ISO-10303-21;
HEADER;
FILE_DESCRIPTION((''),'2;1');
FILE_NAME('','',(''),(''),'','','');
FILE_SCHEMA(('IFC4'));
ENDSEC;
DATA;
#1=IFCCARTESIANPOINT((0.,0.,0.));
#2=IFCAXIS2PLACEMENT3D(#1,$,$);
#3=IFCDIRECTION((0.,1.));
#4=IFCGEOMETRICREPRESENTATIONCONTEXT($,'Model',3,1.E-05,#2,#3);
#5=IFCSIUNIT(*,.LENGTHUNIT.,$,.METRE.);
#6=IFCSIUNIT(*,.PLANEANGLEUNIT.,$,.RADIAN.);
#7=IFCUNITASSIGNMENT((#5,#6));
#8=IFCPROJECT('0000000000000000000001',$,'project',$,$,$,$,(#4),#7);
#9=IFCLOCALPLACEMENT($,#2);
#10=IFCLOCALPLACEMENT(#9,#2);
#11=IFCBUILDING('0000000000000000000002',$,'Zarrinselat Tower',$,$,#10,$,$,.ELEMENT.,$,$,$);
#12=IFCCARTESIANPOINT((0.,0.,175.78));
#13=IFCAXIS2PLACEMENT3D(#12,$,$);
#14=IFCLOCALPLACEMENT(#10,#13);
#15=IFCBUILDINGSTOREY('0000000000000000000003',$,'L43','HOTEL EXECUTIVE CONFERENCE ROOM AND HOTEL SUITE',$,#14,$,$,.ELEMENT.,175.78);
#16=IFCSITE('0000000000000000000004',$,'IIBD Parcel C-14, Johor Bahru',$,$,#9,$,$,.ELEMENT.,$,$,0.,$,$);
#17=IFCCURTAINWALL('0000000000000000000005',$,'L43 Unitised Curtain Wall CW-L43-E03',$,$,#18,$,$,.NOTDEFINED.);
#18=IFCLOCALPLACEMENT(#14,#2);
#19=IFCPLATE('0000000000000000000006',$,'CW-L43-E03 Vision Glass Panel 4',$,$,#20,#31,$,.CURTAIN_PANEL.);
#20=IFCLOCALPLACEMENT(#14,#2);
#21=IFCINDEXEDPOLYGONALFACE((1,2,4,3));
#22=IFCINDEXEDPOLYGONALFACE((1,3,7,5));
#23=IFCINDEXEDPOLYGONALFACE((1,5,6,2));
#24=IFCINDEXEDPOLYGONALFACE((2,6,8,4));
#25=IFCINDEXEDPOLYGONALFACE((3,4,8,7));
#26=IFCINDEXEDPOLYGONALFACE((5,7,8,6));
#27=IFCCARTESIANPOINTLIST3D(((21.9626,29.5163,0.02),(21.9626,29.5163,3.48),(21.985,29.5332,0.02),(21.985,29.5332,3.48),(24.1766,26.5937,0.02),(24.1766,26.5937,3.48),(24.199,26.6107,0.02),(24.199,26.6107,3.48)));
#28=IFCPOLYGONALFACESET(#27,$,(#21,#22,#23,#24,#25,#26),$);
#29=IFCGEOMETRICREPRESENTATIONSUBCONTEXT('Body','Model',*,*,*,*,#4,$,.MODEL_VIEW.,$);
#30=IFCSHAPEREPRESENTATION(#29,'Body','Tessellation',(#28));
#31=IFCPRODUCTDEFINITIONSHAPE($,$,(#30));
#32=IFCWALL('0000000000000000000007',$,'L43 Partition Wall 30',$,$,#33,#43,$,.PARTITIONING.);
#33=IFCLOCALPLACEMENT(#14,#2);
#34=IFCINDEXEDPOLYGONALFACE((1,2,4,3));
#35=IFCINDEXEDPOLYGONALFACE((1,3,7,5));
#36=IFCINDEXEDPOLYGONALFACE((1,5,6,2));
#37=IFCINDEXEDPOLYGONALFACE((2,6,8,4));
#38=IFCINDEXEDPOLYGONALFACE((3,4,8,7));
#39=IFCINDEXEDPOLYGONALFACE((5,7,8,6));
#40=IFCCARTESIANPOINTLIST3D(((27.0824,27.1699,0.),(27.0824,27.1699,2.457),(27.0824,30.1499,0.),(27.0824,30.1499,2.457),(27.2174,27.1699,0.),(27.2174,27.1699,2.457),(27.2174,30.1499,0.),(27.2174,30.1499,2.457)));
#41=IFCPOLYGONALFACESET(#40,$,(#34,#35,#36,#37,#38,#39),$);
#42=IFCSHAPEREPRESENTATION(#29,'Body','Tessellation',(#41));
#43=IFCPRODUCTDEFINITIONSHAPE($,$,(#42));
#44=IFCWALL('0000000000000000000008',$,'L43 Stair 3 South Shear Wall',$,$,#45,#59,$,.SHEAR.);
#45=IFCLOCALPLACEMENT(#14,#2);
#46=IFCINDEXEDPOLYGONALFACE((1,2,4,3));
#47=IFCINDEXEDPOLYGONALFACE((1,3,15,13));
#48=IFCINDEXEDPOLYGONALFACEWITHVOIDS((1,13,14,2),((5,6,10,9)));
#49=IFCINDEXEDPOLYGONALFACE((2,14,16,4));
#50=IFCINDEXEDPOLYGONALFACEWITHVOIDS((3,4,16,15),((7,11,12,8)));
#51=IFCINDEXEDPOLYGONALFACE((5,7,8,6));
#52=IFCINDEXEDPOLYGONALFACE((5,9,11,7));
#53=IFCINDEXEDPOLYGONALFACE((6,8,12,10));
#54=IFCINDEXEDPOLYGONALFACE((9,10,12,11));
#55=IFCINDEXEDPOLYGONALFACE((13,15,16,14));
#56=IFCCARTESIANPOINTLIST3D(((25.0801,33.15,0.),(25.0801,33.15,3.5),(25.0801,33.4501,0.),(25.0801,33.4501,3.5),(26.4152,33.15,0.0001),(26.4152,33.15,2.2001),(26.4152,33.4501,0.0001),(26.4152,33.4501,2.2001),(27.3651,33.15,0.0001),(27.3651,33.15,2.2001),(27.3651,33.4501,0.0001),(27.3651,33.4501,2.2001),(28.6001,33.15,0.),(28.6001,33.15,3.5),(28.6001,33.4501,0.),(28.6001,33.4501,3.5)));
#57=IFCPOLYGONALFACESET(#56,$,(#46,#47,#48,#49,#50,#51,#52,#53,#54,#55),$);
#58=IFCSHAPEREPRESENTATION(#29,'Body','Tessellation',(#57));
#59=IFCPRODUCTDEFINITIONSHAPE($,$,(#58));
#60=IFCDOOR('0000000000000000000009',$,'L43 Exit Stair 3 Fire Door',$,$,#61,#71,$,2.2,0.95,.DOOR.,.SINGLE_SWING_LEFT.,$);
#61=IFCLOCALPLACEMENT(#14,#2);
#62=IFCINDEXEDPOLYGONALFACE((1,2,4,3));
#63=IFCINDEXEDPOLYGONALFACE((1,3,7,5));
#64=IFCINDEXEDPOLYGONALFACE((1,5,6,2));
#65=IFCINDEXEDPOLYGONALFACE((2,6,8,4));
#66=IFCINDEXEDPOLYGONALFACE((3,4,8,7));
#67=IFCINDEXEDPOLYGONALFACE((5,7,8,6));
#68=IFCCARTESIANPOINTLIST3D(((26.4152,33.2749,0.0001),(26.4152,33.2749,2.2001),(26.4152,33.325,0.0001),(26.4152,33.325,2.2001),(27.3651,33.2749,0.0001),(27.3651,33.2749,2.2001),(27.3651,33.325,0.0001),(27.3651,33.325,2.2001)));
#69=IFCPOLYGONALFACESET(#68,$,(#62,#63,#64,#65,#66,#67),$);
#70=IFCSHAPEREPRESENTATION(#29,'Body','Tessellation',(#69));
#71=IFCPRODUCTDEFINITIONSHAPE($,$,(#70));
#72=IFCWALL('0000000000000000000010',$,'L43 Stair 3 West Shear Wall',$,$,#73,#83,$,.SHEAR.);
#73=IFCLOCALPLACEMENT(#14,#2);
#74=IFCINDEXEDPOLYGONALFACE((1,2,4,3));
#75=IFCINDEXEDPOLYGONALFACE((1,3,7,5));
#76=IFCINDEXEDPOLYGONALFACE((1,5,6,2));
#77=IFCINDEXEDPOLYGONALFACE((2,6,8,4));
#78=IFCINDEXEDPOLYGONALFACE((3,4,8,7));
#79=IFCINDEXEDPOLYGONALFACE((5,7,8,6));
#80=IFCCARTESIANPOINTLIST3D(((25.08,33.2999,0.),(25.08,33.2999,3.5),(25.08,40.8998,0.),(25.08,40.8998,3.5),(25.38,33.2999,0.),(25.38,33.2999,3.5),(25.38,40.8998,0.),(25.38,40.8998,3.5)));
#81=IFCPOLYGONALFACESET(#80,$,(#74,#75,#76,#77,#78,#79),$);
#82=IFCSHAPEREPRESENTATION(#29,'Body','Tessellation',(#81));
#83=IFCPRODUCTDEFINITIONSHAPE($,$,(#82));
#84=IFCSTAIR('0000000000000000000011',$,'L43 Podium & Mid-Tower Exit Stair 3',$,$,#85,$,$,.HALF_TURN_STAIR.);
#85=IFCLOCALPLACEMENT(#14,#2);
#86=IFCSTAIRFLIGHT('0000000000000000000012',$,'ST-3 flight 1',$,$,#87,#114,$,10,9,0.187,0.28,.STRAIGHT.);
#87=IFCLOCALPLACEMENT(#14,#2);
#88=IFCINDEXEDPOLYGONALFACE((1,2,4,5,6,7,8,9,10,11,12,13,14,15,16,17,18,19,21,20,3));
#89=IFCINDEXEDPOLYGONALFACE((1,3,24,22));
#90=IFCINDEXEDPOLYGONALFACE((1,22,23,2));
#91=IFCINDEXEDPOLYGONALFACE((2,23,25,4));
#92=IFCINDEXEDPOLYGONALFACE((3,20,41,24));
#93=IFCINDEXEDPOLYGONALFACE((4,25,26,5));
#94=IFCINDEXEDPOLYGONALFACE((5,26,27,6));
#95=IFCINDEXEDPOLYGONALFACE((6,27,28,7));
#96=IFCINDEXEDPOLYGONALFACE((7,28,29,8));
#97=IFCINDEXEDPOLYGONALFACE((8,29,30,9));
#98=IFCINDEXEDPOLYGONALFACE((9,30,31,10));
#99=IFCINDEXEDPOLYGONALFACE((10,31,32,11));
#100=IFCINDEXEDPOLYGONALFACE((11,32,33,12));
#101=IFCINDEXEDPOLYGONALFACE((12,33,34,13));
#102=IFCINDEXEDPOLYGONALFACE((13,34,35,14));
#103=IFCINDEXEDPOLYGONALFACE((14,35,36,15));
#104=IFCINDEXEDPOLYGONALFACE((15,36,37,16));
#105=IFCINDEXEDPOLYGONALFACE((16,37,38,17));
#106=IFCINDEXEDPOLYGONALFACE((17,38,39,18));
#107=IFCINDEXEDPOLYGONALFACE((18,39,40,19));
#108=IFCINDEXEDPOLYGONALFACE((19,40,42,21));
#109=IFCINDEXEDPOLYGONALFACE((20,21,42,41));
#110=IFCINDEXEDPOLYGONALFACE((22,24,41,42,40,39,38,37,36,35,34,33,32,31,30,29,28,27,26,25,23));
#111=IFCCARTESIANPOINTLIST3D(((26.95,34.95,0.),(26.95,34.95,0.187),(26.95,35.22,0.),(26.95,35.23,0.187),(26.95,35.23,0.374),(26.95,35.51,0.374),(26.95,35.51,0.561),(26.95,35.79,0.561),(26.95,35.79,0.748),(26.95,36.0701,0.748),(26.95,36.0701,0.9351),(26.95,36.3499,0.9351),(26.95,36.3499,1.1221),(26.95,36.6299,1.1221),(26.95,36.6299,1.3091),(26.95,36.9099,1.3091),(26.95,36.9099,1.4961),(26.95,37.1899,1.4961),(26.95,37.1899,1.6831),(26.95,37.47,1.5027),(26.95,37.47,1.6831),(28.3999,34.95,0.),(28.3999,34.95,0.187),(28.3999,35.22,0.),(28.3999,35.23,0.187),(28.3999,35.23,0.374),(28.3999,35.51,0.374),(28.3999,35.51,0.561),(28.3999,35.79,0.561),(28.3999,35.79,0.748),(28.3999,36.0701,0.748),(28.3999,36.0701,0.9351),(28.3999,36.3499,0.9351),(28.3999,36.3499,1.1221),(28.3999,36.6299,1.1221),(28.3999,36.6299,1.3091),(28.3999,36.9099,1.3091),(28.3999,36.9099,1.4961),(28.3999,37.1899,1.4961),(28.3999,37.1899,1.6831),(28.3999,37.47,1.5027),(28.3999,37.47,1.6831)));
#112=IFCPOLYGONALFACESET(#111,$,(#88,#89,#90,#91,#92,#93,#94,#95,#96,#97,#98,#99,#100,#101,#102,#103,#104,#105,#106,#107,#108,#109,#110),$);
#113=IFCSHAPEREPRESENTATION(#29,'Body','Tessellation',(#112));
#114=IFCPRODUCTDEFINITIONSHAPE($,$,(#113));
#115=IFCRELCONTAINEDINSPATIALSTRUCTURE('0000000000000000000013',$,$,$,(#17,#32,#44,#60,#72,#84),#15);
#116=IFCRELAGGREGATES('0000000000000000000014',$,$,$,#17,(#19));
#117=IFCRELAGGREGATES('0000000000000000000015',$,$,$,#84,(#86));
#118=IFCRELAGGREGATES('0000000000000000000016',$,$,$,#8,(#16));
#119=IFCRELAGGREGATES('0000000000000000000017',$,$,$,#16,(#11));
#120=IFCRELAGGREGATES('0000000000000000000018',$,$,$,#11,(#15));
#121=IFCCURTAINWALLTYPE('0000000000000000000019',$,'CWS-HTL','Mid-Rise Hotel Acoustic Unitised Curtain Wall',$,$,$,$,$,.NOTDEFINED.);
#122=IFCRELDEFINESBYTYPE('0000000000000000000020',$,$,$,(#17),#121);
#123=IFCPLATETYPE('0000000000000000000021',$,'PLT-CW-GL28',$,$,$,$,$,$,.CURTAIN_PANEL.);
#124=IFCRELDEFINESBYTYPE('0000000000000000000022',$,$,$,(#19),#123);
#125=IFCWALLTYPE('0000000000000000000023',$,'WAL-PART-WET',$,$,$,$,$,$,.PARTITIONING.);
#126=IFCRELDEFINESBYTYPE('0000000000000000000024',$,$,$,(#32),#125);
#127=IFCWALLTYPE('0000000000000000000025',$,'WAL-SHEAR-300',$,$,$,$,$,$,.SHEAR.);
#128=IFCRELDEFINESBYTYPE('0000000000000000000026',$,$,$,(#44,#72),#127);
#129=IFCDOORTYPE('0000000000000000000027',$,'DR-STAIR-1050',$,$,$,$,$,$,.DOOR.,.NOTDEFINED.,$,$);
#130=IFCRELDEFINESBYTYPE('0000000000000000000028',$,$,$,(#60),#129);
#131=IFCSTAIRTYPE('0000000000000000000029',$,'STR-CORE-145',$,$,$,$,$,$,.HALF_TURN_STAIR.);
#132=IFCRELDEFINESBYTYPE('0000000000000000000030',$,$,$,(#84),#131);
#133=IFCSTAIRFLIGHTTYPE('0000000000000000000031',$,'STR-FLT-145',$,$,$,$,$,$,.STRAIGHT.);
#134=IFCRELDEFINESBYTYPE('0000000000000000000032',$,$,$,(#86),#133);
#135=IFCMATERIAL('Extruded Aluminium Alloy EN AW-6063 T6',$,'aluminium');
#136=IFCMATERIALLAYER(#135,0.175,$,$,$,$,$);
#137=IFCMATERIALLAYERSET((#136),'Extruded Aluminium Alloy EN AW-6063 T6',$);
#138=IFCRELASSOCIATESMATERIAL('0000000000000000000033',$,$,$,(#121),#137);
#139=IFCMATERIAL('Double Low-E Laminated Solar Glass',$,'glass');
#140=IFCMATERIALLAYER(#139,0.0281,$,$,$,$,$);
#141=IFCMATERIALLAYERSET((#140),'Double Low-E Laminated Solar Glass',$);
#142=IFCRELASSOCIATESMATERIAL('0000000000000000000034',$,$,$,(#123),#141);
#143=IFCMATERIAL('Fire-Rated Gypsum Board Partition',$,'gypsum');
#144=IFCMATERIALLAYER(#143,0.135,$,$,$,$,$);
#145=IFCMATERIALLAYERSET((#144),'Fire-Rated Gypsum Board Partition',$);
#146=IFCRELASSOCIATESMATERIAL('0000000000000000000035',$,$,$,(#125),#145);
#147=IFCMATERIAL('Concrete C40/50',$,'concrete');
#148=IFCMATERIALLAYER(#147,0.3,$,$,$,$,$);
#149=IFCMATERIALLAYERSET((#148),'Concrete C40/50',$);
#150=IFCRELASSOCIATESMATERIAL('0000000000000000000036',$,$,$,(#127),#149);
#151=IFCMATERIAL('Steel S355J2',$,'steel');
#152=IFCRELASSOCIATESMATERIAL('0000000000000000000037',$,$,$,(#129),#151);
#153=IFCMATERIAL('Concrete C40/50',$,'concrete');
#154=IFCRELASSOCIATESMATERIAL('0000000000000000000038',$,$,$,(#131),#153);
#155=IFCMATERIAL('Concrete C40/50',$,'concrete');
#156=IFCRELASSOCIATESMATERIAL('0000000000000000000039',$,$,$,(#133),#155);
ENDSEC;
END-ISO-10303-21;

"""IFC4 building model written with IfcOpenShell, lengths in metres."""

from ifc_helpers import new_model, si_unit, direction, frame, frame_2d, origin, origin_2d, place, context, subcontext, project, spatial, polyline, rectangle, outline, extrude, material, layer, layer_set, type_object, element, fill, aggregate, save


model = new_model("IFC4")

# Units and contexts
model_context = context("Model", 3, precision=1e-05, world=origin(), true_north=direction((0.0, 1.0)))
body_context = subcontext(model_context, "Body", "Model", "MODEL_VIEW")
ifc_project = project(units=[si_unit("LENGTHUNIT", "METRE"), si_unit("PLANEANGLEUNIT", "RADIAN")], contexts=[model_context])

# Site, building, storey
site_placement = place(None, origin())
site = spatial("IfcSite", under=ifc_project, at=site_placement, Name="IIBD Parcel C-14, Johor Bahru", CompositionType="ELEMENT", RefElevation=0.0)
building_placement = place(site_placement, origin())
building = spatial("IfcBuilding", under=site, at=building_placement, Name="Zarrinselat Tower", CompositionType="ELEMENT")
storey_placement = place(building_placement, frame((0.0, 0.0, 175.78)))
storey = spatial("IfcBuildingStorey", under=building, at=storey_placement, Name="L43", Description="HOTEL EXECUTIVE CONFERENCE ROOM AND HOTEL SUITE", CompositionType="ELEMENT", Elevation=175.78)

# Curtain wall, plate
ifc_material_1 = material(Name="Extruded Aluminium Alloy EN AW-6063 T6", Category="aluminium")
ifc_layer_1 = layer(ifc_material_1, 0.175)
ifc_layer_set_1 = layer_set([ifc_layer_1], Name="Extruded Aluminium Alloy EN AW-6063 T6")
curtain_wall_type = type_object("IfcCurtainWallType", Name="CWS-HTL", Description="Mid-Rise Hotel Acoustic Unitised Curtain Wall", PredefinedType="NOTDEFINED", material=ifc_layer_set_1)
curtain_wall_placement = place(storey_placement, origin())
curtain_wall = element("IfcCurtainWall", 1, at=curtain_wall_placement, inside=storey, type_object=curtain_wall_type, Name="L43 Unitised Curtain Wall CW-L43-E03", PredefinedType="NOTDEFINED")
ifc_material_2 = material(Name="Double Low-E Laminated Solar Glass", Category="glass")
ifc_layer_2 = layer(ifc_material_2, 0.0281)
ifc_layer_set_2 = layer_set([ifc_layer_2], Name="Double Low-E Laminated Solar Glass")
plate_type = type_object("IfcPlateType", Name="PLT-CW-GL28", PredefinedType="CURTAIN_PANEL", material=ifc_layer_set_2)
plate_1_placement = place(storey_placement, frame((23.0808, 28.0635, 0.02), z_axis=(0.0, 0.0, 1.0), x_axis=(0.603857, -0.797092, 0.0)))
plate_1 = element("IfcPlate", 2, at=plate_1_placement, type_object=plate_type, Name="CW-L43-E03 Vision Glass Panel 4", PredefinedType="CURTAIN_PANEL", context=body_context, shape_type="SweptSolid", body=[
    extrude(rectangle(XDim=3.6665, YDim=0.0281, at=origin_2d()), origin(), (0.0, 0.0, 1.0), 3.46),
])
aggregate(curtain_wall, [plate_1])

# Wall
ifc_material_3 = material(Name="Fire-Rated Gypsum Board Partition", Category="gypsum")
ifc_layer_3 = layer(ifc_material_3, 0.135)
ifc_layer_set_3 = layer_set([ifc_layer_3], Name="Fire-Rated Gypsum Board Partition")
wall_type_1 = type_object("IfcWallType", Name="WAL-PART-WET", PredefinedType="PARTITIONING", material=ifc_layer_set_3)
wall_1_placement = place(storey_placement, frame((27.1499, 27.1699, 0.0), z_axis=(0.0, 0.0, 1.0), x_axis=(0.0, 1.0, 0.0)))
element("IfcWall", 3, at=wall_1_placement, inside=storey, type_object=wall_type_1, Name="L43 Partition Wall 30", PredefinedType="PARTITIONING", context=body_context, shape_type="SweptSolid", body=[
    extrude(rectangle(XDim=2.98, YDim=0.135, at=frame_2d((1.49, 0.0))), origin(), (0.0, 0.0, 1.0), 2.457),
])

# Wall, opening, door
ifc_material_4 = material(Name="Concrete C40/50", Category="concrete")
ifc_layer_4 = layer(ifc_material_4, 0.3)
ifc_layer_set_4 = layer_set([ifc_layer_4], Name="Concrete C40/50")
wall_type_2 = type_object("IfcWallType", Name="WAL-SHEAR-300", PredefinedType="SHEAR", material=ifc_layer_set_4)
wall_2_placement = place(storey_placement, frame((25.0801, 33.3, 0.0), z_axis=(0.0, 0.0, 1.0), x_axis=(1.0, 0.0, 0.0)))
wall_2 = element("IfcWall", 4, at=wall_2_placement, inside=storey, type_object=wall_type_2, Name="L43 Stair 3 South Shear Wall", PredefinedType="SHEAR", context=body_context, shape_type="SweptSolid", body=[
    extrude(rectangle(XDim=3.52, YDim=0.3, at=frame_2d((1.76, 0.0))), origin(), (0.0, 0.0, 1.0), 3.5),
])
opening_placement = place(wall_2_placement, frame((1.335, 0.0, 0.0)))
opening = element("IfcOpeningElement", 5, at=opening_placement, cuts=wall_2, PredefinedType="OPENING", context=body_context, shape_type="SweptSolid", body=[
    extrude(rectangle(XDim=0.95, YDim=2.2, at=frame_2d((0.4751, 1.1001))), frame((0.0, 0.1599, 0.0), z_axis=(0.0, -1.0, 0.0), x_axis=(1.0, 0.0, 0.0)), (0.0, 0.0, 1.0), 0.3201),
])
ifc_material_5 = material(Name="Steel S355J2", Category="steel")
door_type = type_object("IfcDoorType", Name="DR-STAIR-1050", OperationType="NOTDEFINED", PredefinedType="DOOR", material=ifc_material_5)
door_placement = place(opening_placement, origin())
door = element("IfcDoor", 6, at=door_placement, inside=storey, type_object=door_type, Name="L43 Exit Stair 3 Fire Door", OperationType="SINGLE_SWING_LEFT", OverallHeight=2.2, OverallWidth=0.95, PredefinedType="DOOR", context=body_context, shape_type="SweptSolid", body=[
    extrude(rectangle(XDim=0.95, YDim=2.2, at=frame_2d((0.4751, 1.1001))), frame((0.0, 0.0249, 0.0), z_axis=(0.0, -1.0, 0.0), x_axis=(1.0, 0.0, 0.0)), (0.0, 0.0, 1.0), 0.05),
])
fill(opening, door)

# Wall
wall_3_placement = place(storey_placement, frame((25.23, 33.3, 0.0), z_axis=(0.0, 0.0, 1.0), x_axis=(0.0, 1.0, 0.0)))
element("IfcWall", 7, at=wall_3_placement, inside=storey, type_object=wall_type_2, Name="L43 Stair 3 West Shear Wall", PredefinedType="SHEAR", context=body_context, shape_type="SweptSolid", body=[
    extrude(rectangle(XDim=7.5999, YDim=0.3, at=frame_2d((3.7998, 0.0))), origin(), (0.0, 0.0, 1.0), 3.5),
])

# Stair, stair flight
ifc_material_6 = material(Name="Concrete C40/50", Category="concrete")
stair_type = type_object("IfcStairType", Name="STR-CORE-145", PredefinedType="HALF_TURN_STAIR", material=ifc_material_6)
stair_placement = place(storey_placement, origin())
stair = element("IfcStair", 8, at=stair_placement, inside=storey, type_object=stair_type, Name="L43 Podium & Mid-Tower Exit Stair 3", PredefinedType="HALF_TURN_STAIR")
ifc_material_7 = material(Name="Concrete C40/50", Category="concrete")
stair_flight_type = type_object("IfcStairFlightType", Name="STR-FLT-145", PredefinedType="STRAIGHT", material=ifc_material_7)
stair_flight_placement = place(storey_placement, frame((27.675, 34.95, 0.0), z_axis=(0.0, 0.0, 1.0), x_axis=(0.0, 1.0, 0.0)))
stair_flight = element("IfcStairFlight", 9, at=stair_flight_placement, type_object=stair_flight_type, Name="ST-3 flight 1", NumberOfRisers=10, NumberOfTreads=9, PredefinedType="STRAIGHT", RiserHeight=0.187, TreadLength=0.28, context=body_context, shape_type="SweptSolid", body=[
    extrude(outline(polyline([(0.0, 0.0), (0.0, 0.187), (0.28, 0.187), (0.28, 0.374), (0.5601, 0.374), (0.5601, 0.561), (0.8401, 0.561), (0.8401, 0.748), (1.1201, 0.748), (1.1201, 0.9351), (1.3999, 0.9351), (1.3999, 1.1221), (1.6799, 1.1221), (1.6799, 1.3091), (1.96, 1.3091), (1.96, 1.4961), (2.24, 1.4961), (2.24, 1.6831), (2.52, 1.6831), (2.52, 1.8701), (2.52, 1.5027), (0.27, 0.0), (0.0, 0.0)])), frame((0.0, 0.7251, 0.0), z_axis=(0.0, -1.0, 0.0), x_axis=(1.0, 0.0, 0.0)), (0.0, 0.0, 1.0), 1.45),
])
aggregate(stair, [stair_flight])

save(model, "model.ifc")
